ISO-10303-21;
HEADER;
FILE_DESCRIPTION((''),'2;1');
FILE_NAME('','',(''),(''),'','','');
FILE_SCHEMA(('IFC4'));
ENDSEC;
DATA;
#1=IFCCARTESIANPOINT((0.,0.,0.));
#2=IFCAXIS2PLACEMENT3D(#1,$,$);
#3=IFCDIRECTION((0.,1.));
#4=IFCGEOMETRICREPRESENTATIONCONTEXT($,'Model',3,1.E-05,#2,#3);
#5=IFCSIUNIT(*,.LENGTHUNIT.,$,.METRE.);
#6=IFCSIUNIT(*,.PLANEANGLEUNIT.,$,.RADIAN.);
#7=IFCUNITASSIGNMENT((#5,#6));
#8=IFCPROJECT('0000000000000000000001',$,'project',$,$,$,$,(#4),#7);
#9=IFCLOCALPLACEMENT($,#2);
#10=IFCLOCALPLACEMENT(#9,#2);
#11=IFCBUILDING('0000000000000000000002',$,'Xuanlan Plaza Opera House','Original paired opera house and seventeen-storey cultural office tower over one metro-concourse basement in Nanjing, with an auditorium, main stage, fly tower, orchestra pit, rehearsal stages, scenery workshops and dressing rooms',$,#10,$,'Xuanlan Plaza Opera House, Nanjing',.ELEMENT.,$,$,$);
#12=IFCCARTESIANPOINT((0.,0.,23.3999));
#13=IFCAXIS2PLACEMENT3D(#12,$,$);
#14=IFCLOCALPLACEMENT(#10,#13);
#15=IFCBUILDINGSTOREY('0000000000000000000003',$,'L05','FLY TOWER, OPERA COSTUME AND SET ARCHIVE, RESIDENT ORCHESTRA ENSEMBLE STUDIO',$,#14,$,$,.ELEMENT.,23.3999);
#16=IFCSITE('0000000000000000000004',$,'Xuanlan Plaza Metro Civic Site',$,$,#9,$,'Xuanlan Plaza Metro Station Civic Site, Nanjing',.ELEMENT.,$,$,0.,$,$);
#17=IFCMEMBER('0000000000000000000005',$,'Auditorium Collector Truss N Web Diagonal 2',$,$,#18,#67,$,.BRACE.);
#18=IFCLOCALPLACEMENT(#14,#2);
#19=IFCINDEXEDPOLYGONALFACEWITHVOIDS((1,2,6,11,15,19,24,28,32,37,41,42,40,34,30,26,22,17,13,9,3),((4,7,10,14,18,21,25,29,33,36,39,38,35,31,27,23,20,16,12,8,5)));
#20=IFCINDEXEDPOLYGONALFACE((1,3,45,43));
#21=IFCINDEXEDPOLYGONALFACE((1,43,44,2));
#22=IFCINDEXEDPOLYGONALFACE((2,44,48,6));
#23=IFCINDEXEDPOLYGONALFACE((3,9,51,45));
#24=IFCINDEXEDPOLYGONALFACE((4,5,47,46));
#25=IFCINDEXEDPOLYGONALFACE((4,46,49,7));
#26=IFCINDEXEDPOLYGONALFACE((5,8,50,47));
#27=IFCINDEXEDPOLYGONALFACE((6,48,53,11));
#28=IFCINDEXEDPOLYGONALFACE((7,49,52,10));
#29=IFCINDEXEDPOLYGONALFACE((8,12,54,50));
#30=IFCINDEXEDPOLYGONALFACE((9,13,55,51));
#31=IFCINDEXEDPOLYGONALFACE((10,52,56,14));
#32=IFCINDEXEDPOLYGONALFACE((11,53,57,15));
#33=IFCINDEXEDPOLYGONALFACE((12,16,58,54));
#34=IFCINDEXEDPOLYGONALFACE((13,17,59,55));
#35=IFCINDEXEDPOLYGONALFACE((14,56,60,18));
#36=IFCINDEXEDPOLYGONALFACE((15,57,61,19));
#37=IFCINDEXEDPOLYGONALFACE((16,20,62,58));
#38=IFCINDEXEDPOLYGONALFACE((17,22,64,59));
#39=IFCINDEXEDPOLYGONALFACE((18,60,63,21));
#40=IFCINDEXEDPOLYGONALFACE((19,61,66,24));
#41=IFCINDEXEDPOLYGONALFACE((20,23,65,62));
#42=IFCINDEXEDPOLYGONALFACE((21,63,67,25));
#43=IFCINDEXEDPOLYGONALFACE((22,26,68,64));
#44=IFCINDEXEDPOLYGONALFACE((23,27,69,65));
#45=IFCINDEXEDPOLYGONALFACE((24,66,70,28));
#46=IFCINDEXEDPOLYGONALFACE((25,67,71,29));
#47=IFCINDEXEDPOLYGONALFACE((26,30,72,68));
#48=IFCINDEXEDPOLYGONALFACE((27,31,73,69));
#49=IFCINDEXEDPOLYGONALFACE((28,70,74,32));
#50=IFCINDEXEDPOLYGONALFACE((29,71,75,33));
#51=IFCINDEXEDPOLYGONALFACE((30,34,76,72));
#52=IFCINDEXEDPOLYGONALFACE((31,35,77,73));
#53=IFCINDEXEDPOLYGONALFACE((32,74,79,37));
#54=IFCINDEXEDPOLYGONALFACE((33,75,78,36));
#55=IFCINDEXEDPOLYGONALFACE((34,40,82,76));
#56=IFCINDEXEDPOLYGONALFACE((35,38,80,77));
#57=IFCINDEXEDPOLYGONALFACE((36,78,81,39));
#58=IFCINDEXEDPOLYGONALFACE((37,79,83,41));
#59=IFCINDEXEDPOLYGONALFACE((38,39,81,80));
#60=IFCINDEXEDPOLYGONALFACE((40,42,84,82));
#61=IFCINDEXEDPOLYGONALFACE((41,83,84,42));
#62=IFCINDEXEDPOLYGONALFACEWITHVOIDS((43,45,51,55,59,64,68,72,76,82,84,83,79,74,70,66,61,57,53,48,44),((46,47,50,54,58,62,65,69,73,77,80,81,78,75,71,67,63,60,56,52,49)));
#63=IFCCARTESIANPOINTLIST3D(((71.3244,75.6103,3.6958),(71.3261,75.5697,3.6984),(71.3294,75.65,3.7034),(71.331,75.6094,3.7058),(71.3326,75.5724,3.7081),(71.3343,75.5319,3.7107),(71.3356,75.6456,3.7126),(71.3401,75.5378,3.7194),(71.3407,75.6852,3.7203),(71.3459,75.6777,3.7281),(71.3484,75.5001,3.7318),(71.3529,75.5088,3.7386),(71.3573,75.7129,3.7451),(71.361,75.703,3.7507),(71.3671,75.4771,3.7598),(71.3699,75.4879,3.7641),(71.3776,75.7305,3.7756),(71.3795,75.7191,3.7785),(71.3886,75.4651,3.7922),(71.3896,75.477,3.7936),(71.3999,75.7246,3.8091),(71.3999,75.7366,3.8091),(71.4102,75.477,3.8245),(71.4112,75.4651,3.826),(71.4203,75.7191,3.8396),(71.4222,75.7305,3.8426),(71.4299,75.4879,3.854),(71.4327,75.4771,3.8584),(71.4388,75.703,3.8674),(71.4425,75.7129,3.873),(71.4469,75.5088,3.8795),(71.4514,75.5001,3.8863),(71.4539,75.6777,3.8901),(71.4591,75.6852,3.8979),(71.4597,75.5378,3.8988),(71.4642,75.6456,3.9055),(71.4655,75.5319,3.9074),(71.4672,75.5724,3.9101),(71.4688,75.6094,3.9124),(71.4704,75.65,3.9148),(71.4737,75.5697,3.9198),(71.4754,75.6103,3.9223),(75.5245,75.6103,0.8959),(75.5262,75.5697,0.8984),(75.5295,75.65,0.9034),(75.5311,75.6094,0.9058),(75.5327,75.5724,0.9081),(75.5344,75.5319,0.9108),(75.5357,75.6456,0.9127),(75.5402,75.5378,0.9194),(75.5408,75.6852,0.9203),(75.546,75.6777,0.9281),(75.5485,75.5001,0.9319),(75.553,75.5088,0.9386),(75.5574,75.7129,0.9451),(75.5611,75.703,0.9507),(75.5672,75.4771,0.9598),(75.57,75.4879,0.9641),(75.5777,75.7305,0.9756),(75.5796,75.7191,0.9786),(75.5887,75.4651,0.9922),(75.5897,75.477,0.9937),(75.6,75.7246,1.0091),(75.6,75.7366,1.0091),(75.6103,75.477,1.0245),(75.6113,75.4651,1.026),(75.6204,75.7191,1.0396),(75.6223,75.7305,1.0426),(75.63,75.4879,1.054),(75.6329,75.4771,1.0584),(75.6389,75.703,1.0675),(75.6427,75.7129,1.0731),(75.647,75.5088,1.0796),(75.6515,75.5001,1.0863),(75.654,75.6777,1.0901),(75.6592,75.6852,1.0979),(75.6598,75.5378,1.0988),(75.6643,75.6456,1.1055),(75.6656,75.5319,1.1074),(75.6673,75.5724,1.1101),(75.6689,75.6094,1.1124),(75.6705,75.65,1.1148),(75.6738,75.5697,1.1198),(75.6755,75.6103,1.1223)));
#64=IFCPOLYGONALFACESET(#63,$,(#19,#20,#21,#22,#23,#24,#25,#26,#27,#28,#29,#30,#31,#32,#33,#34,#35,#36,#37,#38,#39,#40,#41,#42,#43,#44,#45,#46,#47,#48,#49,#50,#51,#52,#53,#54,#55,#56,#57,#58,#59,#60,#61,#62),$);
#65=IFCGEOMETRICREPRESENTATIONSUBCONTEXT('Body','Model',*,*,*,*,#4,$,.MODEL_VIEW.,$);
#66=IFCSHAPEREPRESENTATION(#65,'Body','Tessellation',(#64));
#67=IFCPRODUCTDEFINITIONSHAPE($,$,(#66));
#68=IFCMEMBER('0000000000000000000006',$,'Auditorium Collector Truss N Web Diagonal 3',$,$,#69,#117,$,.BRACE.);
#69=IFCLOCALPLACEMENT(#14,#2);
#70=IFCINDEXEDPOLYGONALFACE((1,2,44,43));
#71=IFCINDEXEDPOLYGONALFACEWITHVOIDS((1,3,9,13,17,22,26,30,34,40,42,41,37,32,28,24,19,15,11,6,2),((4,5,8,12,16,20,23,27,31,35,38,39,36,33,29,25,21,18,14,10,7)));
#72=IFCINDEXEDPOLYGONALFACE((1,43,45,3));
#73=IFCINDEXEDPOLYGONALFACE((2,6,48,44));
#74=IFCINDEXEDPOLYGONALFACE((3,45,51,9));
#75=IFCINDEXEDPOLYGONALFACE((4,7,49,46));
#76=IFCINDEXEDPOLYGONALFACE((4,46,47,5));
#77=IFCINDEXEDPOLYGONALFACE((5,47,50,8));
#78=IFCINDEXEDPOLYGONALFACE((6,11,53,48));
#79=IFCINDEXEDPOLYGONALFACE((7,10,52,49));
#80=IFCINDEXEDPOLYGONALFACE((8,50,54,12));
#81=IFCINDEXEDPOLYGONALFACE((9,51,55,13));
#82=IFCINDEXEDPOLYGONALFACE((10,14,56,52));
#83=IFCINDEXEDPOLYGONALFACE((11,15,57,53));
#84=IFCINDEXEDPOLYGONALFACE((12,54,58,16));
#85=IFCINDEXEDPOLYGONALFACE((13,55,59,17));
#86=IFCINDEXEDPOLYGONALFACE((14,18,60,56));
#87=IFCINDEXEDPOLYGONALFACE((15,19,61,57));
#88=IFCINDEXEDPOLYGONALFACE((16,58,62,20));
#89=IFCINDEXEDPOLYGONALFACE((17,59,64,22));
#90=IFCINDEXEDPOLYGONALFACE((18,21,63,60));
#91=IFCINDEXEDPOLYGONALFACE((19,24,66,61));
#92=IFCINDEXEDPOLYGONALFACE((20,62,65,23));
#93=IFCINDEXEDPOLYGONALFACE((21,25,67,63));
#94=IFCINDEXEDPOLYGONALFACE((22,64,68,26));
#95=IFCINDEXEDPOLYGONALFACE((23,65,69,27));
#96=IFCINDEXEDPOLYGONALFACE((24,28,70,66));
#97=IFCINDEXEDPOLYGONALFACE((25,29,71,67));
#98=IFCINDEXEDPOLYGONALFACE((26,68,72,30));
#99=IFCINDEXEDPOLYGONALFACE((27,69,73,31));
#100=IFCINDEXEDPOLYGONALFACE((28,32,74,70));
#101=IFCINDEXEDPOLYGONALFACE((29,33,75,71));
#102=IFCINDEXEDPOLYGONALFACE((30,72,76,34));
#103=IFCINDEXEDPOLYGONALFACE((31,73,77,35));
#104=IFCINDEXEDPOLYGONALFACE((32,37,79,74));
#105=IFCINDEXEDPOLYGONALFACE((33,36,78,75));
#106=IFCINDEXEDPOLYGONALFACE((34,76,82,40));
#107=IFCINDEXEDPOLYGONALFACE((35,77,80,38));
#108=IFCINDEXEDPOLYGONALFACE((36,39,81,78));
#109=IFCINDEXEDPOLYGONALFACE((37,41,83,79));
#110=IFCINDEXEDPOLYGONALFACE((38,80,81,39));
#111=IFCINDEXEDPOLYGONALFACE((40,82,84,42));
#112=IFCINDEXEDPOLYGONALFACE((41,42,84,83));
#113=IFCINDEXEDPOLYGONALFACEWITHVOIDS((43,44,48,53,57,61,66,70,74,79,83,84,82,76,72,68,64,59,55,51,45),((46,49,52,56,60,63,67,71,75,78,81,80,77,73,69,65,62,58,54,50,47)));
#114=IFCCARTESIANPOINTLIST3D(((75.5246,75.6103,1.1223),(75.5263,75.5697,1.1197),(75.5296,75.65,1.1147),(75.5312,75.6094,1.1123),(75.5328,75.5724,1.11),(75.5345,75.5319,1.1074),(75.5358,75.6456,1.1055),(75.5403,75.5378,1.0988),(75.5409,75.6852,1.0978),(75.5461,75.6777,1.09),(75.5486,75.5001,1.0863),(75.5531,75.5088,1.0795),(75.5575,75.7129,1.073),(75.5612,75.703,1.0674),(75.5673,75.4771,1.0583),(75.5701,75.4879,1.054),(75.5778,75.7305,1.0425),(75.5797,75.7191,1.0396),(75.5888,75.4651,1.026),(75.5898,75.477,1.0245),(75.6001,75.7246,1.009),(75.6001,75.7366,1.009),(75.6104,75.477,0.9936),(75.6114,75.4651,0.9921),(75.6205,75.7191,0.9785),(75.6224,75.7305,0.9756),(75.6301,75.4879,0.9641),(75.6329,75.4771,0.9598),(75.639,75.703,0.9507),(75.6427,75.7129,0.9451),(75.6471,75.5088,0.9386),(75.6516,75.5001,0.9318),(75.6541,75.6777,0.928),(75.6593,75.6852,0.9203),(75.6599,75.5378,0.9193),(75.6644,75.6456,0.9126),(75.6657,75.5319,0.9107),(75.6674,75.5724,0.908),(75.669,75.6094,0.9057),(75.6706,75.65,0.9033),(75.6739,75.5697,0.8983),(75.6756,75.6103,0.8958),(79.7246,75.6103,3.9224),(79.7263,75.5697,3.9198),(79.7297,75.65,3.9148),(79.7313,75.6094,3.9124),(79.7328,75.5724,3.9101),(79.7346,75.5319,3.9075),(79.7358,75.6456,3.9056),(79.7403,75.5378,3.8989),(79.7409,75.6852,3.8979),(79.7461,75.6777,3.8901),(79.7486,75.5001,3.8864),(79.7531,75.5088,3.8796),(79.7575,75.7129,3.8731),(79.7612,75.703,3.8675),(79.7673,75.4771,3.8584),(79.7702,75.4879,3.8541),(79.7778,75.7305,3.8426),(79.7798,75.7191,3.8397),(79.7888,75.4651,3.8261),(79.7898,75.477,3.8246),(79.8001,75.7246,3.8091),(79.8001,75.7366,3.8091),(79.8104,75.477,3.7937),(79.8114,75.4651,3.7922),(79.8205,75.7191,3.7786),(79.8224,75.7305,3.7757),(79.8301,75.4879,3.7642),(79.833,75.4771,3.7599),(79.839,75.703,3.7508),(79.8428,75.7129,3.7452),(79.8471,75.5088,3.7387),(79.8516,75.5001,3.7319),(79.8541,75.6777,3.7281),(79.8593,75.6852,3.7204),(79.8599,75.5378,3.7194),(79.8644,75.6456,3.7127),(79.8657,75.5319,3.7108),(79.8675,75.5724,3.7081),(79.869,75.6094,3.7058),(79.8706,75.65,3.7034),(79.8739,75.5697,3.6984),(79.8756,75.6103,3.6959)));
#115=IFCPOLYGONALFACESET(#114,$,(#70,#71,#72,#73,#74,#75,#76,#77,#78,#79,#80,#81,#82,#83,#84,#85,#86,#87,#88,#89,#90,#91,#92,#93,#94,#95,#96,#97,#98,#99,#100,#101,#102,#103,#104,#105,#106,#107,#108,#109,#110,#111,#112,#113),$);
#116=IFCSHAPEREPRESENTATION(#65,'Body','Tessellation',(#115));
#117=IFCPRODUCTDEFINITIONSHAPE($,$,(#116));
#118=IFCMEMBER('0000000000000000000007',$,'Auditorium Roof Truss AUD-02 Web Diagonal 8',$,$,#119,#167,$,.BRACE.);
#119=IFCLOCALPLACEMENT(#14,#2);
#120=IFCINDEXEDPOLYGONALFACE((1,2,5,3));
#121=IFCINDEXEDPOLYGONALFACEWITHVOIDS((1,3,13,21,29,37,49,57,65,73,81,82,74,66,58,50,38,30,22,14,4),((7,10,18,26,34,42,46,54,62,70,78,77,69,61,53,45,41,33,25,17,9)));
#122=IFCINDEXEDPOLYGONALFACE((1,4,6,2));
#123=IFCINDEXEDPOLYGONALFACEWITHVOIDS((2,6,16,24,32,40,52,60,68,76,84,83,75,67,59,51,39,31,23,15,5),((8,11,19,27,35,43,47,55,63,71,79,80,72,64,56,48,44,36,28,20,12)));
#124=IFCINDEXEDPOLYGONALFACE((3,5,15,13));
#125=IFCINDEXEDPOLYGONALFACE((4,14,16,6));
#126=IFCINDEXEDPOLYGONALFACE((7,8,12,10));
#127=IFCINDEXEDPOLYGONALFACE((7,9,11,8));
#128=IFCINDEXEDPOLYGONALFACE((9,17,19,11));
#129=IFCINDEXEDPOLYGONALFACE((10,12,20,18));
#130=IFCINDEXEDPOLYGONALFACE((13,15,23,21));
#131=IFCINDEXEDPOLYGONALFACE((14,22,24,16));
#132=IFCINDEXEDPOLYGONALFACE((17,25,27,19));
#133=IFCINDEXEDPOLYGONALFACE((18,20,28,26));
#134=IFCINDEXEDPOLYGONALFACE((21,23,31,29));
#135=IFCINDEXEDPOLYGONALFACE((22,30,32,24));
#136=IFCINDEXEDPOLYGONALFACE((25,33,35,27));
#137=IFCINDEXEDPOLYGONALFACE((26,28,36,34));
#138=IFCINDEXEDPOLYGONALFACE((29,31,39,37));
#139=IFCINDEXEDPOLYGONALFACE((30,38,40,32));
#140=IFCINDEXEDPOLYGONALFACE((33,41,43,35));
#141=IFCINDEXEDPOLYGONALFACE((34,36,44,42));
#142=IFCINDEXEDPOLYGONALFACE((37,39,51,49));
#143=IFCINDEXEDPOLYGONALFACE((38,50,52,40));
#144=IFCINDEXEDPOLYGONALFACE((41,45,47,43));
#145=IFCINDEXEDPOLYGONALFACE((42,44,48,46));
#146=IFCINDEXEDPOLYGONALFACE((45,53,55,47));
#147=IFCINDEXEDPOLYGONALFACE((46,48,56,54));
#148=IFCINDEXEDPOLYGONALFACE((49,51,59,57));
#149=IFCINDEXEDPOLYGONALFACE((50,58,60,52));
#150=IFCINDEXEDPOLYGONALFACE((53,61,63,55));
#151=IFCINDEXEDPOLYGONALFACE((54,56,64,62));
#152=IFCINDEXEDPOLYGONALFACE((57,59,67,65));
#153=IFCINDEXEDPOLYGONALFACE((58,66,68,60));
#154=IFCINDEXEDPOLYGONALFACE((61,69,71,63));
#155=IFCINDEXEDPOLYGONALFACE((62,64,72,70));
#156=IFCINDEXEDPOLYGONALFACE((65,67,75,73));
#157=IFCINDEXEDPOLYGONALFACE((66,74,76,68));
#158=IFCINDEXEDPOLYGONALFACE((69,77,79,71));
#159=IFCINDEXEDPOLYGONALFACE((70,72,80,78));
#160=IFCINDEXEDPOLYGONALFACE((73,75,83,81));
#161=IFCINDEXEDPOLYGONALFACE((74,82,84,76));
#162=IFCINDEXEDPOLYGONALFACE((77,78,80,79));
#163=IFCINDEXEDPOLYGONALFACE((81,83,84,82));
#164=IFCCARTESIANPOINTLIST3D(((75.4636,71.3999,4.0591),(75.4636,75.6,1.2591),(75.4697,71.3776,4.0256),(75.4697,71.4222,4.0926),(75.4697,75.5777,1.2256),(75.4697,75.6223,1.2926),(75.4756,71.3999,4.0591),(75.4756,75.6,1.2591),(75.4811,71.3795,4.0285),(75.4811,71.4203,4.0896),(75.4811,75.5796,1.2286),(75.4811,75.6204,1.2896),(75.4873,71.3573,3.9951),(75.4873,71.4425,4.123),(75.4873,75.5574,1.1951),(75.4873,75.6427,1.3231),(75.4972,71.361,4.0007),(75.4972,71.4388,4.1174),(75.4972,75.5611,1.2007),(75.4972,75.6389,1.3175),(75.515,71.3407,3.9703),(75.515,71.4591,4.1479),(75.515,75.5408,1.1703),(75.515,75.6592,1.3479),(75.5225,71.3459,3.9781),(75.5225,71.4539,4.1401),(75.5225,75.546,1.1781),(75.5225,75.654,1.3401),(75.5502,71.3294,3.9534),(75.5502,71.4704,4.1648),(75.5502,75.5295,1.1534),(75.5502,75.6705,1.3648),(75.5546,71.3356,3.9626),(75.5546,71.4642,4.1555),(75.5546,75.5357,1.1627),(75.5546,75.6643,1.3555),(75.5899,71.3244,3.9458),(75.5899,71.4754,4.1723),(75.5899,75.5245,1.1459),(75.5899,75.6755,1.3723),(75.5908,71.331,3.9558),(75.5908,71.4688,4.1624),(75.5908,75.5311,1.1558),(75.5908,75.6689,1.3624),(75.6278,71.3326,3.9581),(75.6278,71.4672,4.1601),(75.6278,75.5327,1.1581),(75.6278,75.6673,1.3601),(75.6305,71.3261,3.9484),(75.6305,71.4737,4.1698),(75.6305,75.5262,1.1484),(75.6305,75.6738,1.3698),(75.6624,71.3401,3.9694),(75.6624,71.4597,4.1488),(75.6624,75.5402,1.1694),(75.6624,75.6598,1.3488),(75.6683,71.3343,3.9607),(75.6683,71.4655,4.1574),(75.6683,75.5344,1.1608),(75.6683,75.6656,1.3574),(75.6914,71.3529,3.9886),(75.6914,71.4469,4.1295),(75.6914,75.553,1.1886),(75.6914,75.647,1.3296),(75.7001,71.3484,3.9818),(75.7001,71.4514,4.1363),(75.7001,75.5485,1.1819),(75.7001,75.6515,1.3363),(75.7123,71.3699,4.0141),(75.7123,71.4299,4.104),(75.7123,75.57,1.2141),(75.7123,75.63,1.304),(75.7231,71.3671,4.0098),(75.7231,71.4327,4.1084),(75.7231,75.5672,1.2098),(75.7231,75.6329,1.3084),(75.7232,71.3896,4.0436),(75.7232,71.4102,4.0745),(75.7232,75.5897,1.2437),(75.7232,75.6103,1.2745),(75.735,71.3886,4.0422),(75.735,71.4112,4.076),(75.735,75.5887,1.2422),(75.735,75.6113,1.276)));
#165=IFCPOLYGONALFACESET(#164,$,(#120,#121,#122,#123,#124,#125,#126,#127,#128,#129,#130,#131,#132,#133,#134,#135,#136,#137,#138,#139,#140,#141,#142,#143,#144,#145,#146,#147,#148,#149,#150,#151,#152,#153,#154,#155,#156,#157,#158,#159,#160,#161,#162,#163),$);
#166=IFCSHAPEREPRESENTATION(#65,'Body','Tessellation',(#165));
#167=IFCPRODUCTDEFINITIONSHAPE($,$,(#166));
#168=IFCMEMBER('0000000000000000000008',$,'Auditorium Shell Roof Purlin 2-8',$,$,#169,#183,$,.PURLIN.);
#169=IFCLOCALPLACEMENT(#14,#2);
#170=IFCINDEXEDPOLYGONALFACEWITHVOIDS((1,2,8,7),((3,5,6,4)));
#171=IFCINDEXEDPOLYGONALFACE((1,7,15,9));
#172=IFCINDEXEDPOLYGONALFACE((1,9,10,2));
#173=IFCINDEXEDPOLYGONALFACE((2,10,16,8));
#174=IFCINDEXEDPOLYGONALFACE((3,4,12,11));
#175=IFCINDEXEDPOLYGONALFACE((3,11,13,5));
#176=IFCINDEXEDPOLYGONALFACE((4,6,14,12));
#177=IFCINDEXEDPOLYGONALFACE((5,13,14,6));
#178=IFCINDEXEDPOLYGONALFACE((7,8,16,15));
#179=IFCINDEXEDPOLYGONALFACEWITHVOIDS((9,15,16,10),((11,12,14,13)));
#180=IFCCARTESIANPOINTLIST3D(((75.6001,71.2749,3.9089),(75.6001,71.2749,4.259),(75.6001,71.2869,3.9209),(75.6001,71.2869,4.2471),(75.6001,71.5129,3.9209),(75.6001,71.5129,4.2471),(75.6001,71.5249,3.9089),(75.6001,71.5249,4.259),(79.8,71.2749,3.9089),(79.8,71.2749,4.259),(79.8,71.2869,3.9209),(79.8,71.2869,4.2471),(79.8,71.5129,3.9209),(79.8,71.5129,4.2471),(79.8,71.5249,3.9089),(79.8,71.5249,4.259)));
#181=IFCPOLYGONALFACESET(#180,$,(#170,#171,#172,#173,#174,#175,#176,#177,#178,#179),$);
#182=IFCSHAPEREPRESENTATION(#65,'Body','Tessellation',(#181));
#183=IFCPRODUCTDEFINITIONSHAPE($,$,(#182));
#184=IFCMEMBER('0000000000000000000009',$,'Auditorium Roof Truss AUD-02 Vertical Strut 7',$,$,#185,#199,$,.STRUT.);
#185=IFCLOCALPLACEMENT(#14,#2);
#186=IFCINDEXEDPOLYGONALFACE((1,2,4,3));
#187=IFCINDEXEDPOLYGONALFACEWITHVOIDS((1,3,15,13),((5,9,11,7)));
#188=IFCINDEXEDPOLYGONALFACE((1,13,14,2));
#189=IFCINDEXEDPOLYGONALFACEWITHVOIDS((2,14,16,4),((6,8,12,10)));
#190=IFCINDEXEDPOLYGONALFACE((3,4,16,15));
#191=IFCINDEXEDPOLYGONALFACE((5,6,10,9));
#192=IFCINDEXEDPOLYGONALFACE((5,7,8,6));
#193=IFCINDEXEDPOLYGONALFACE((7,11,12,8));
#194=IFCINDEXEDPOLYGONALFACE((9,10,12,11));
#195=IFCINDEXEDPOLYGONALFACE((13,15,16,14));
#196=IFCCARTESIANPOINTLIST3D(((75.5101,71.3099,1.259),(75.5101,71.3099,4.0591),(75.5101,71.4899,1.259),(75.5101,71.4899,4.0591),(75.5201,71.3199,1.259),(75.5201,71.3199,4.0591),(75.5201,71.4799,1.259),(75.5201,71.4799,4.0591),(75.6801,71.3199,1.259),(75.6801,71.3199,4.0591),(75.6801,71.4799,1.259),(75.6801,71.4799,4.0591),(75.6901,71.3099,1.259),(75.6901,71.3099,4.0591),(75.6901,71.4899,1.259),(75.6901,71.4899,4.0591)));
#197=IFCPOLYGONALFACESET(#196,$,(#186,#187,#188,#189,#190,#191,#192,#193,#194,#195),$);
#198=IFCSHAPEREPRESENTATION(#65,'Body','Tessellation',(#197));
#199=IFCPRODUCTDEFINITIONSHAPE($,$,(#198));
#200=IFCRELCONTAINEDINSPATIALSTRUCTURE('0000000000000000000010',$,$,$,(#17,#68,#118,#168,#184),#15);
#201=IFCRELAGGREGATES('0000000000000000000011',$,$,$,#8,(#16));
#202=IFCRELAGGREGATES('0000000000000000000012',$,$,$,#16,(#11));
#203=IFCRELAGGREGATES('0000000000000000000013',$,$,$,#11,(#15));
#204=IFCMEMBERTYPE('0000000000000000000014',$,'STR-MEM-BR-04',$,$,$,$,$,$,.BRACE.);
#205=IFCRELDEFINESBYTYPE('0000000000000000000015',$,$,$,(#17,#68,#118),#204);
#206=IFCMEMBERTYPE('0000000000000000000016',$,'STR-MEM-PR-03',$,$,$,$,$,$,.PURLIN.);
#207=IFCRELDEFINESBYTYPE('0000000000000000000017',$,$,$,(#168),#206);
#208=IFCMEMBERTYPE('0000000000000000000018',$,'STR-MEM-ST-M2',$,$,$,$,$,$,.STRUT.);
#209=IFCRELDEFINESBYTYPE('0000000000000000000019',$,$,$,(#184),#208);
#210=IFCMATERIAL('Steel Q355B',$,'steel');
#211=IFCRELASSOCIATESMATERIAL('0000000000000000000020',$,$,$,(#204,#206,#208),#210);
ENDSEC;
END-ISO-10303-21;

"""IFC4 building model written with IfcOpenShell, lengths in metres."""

from ifc_helpers import new_model, si_unit, direction, frame, origin, origin_2d, place, context, subcontext, project, spatial, hollow_rectangle, hollow_circle, extrude, material, material_profile, profile_set, type_object, element, save


model = new_model("IFC4")

# Units and contexts
model_context = context("Model", 3, precision=1e-05, world=origin(), true_north=direction((0.0, 1.0)))
body_context = subcontext(model_context, "Body", "Model", "MODEL_VIEW")
ifc_project = project(units=[si_unit("LENGTHUNIT", "METRE"), si_unit("PLANEANGLEUNIT", "RADIAN")], contexts=[model_context])

# Site, building, storey
site_placement = place(None, origin())
site = spatial("IfcSite", under=ifc_project, at=site_placement, Name="Xuanlan Plaza Metro Civic Site", LongName="Xuanlan Plaza Metro Station Civic Site, Nanjing", CompositionType="ELEMENT", RefElevation=0.0)
building_placement = place(site_placement, origin())
building = spatial("IfcBuilding", under=site, at=building_placement, Name="Xuanlan Plaza Opera House", Description="Original paired opera house and seventeen-storey cultural office tower over one metro-concourse basement in Nanjing, with an auditorium, main stage, fly tower, orchestra pit, rehearsal stages, scenery workshops and dressing rooms", LongName="Xuanlan Plaza Opera House, Nanjing", CompositionType="ELEMENT")
storey_placement = place(building_placement, frame((0.0, 0.0, 23.3999)))
storey = spatial("IfcBuildingStorey", under=building, at=storey_placement, Name="L05", Description="FLY TOWER, OPERA COSTUME AND SET ARCHIVE, RESIDENT ORCHESTRA ENSEMBLE STUDIO", CompositionType="ELEMENT", Elevation=23.3999)

# Members
ifc_material_1 = material(Name="Steel Q355B", Category="steel")
ifc_material_profile_1 = material_profile(ifc_material_1, hollow_circle(Radius=0.1365, WallThickness=0.012, at=origin_2d()), Name="CHS 273x12")
ifc_profile_set_1 = profile_set([ifc_material_profile_1], Name="Steel Q355B")
member_type_1 = type_object("IfcMemberType", Name="STR-MEM-BR-04", PredefinedType="BRACE", material=ifc_profile_set_1)
for number, where, z_axis, x_axis, name in (
    (1, (71.3999, 75.6001, 3.8091), (0.832058, 0.0, -0.554689), (0.0, 1.0, 0.0), "Auditorium Collector Truss N Web Diagonal 2"),
    (2, (75.6001, 75.6001, 1.009), (0.832043, 0.0, 0.554711), (0.0, 1.0, 0.0), "Auditorium Collector Truss N Web Diagonal 3"),
    (3, (75.6001, 71.3999, 4.0591), (0.0, 0.832058, -0.554689), (-1.0, 0.0, 0.0), "Auditorium Roof Truss AUD-02 Web Diagonal 8"),
):
    element("IfcMember", number, at=place(storey_placement, frame(where, z_axis=z_axis, x_axis=x_axis)), inside=storey, type_object=member_type_1, Name=name, PredefinedType="BRACE", context=body_context, shape_type="SweptSolid", body=[
        extrude(hollow_circle(Radius=0.1365, WallThickness=0.012, at=origin_2d()), origin(), (0.0, 0.0, 1.0), 5.0479),
    ])
ifc_material_profile_2 = material_profile(ifc_material_1, hollow_rectangle(XDim=0.25, YDim=0.3501, WallThickness=0.012, at=origin_2d()), Name="RHS 350x250x12")
ifc_profile_set_2 = profile_set([ifc_material_profile_2], Name="Steel Q355B")
member_type_2 = type_object("IfcMemberType", Name="STR-MEM-PR-03", PredefinedType="PURLIN", material=ifc_profile_set_2)
member_1_placement = place(storey_placement, frame((75.6001, 71.3999, 4.084), z_axis=(1.0, 0.0, 0.0), x_axis=(0.0, 1.0, 0.0)))
element("IfcMember", 4, at=member_1_placement, inside=storey, type_object=member_type_2, Name="Auditorium Shell Roof Purlin 2-8", PredefinedType="PURLIN", context=body_context, shape_type="SweptSolid", body=[
    extrude(hollow_rectangle(XDim=0.25, YDim=0.3501, WallThickness=0.012, at=origin_2d()), origin(), (0.0, 0.0, 1.0), 4.2),
])
ifc_material_profile_3 = material_profile(ifc_material_1, hollow_rectangle(XDim=0.1799, YDim=0.1799, WallThickness=0.01, at=origin_2d()), Name="SHS 180x180x10")
ifc_profile_set_3 = profile_set([ifc_material_profile_3], Name="Steel Q355B")
member_type_3 = type_object("IfcMemberType", Name="STR-MEM-ST-M2", PredefinedType="STRUT", material=ifc_profile_set_3)
member_2_placement = place(storey_placement, frame((75.6001, 71.3999, 1.259), z_axis=(0.0, 0.0, 1.0), x_axis=(1.0, 0.0, 0.0)))
element("IfcMember", 5, at=member_2_placement, inside=storey, type_object=member_type_3, Name="Auditorium Roof Truss AUD-02 Vertical Strut 7", PredefinedType="STRUT", context=body_context, shape_type="SweptSolid", body=[
    extrude(hollow_rectangle(XDim=0.1799, YDim=0.1799, WallThickness=0.01, at=origin_2d()), origin(), (0.0, 0.0, 1.0), 2.8),
])

save(model, "model.ifc")
